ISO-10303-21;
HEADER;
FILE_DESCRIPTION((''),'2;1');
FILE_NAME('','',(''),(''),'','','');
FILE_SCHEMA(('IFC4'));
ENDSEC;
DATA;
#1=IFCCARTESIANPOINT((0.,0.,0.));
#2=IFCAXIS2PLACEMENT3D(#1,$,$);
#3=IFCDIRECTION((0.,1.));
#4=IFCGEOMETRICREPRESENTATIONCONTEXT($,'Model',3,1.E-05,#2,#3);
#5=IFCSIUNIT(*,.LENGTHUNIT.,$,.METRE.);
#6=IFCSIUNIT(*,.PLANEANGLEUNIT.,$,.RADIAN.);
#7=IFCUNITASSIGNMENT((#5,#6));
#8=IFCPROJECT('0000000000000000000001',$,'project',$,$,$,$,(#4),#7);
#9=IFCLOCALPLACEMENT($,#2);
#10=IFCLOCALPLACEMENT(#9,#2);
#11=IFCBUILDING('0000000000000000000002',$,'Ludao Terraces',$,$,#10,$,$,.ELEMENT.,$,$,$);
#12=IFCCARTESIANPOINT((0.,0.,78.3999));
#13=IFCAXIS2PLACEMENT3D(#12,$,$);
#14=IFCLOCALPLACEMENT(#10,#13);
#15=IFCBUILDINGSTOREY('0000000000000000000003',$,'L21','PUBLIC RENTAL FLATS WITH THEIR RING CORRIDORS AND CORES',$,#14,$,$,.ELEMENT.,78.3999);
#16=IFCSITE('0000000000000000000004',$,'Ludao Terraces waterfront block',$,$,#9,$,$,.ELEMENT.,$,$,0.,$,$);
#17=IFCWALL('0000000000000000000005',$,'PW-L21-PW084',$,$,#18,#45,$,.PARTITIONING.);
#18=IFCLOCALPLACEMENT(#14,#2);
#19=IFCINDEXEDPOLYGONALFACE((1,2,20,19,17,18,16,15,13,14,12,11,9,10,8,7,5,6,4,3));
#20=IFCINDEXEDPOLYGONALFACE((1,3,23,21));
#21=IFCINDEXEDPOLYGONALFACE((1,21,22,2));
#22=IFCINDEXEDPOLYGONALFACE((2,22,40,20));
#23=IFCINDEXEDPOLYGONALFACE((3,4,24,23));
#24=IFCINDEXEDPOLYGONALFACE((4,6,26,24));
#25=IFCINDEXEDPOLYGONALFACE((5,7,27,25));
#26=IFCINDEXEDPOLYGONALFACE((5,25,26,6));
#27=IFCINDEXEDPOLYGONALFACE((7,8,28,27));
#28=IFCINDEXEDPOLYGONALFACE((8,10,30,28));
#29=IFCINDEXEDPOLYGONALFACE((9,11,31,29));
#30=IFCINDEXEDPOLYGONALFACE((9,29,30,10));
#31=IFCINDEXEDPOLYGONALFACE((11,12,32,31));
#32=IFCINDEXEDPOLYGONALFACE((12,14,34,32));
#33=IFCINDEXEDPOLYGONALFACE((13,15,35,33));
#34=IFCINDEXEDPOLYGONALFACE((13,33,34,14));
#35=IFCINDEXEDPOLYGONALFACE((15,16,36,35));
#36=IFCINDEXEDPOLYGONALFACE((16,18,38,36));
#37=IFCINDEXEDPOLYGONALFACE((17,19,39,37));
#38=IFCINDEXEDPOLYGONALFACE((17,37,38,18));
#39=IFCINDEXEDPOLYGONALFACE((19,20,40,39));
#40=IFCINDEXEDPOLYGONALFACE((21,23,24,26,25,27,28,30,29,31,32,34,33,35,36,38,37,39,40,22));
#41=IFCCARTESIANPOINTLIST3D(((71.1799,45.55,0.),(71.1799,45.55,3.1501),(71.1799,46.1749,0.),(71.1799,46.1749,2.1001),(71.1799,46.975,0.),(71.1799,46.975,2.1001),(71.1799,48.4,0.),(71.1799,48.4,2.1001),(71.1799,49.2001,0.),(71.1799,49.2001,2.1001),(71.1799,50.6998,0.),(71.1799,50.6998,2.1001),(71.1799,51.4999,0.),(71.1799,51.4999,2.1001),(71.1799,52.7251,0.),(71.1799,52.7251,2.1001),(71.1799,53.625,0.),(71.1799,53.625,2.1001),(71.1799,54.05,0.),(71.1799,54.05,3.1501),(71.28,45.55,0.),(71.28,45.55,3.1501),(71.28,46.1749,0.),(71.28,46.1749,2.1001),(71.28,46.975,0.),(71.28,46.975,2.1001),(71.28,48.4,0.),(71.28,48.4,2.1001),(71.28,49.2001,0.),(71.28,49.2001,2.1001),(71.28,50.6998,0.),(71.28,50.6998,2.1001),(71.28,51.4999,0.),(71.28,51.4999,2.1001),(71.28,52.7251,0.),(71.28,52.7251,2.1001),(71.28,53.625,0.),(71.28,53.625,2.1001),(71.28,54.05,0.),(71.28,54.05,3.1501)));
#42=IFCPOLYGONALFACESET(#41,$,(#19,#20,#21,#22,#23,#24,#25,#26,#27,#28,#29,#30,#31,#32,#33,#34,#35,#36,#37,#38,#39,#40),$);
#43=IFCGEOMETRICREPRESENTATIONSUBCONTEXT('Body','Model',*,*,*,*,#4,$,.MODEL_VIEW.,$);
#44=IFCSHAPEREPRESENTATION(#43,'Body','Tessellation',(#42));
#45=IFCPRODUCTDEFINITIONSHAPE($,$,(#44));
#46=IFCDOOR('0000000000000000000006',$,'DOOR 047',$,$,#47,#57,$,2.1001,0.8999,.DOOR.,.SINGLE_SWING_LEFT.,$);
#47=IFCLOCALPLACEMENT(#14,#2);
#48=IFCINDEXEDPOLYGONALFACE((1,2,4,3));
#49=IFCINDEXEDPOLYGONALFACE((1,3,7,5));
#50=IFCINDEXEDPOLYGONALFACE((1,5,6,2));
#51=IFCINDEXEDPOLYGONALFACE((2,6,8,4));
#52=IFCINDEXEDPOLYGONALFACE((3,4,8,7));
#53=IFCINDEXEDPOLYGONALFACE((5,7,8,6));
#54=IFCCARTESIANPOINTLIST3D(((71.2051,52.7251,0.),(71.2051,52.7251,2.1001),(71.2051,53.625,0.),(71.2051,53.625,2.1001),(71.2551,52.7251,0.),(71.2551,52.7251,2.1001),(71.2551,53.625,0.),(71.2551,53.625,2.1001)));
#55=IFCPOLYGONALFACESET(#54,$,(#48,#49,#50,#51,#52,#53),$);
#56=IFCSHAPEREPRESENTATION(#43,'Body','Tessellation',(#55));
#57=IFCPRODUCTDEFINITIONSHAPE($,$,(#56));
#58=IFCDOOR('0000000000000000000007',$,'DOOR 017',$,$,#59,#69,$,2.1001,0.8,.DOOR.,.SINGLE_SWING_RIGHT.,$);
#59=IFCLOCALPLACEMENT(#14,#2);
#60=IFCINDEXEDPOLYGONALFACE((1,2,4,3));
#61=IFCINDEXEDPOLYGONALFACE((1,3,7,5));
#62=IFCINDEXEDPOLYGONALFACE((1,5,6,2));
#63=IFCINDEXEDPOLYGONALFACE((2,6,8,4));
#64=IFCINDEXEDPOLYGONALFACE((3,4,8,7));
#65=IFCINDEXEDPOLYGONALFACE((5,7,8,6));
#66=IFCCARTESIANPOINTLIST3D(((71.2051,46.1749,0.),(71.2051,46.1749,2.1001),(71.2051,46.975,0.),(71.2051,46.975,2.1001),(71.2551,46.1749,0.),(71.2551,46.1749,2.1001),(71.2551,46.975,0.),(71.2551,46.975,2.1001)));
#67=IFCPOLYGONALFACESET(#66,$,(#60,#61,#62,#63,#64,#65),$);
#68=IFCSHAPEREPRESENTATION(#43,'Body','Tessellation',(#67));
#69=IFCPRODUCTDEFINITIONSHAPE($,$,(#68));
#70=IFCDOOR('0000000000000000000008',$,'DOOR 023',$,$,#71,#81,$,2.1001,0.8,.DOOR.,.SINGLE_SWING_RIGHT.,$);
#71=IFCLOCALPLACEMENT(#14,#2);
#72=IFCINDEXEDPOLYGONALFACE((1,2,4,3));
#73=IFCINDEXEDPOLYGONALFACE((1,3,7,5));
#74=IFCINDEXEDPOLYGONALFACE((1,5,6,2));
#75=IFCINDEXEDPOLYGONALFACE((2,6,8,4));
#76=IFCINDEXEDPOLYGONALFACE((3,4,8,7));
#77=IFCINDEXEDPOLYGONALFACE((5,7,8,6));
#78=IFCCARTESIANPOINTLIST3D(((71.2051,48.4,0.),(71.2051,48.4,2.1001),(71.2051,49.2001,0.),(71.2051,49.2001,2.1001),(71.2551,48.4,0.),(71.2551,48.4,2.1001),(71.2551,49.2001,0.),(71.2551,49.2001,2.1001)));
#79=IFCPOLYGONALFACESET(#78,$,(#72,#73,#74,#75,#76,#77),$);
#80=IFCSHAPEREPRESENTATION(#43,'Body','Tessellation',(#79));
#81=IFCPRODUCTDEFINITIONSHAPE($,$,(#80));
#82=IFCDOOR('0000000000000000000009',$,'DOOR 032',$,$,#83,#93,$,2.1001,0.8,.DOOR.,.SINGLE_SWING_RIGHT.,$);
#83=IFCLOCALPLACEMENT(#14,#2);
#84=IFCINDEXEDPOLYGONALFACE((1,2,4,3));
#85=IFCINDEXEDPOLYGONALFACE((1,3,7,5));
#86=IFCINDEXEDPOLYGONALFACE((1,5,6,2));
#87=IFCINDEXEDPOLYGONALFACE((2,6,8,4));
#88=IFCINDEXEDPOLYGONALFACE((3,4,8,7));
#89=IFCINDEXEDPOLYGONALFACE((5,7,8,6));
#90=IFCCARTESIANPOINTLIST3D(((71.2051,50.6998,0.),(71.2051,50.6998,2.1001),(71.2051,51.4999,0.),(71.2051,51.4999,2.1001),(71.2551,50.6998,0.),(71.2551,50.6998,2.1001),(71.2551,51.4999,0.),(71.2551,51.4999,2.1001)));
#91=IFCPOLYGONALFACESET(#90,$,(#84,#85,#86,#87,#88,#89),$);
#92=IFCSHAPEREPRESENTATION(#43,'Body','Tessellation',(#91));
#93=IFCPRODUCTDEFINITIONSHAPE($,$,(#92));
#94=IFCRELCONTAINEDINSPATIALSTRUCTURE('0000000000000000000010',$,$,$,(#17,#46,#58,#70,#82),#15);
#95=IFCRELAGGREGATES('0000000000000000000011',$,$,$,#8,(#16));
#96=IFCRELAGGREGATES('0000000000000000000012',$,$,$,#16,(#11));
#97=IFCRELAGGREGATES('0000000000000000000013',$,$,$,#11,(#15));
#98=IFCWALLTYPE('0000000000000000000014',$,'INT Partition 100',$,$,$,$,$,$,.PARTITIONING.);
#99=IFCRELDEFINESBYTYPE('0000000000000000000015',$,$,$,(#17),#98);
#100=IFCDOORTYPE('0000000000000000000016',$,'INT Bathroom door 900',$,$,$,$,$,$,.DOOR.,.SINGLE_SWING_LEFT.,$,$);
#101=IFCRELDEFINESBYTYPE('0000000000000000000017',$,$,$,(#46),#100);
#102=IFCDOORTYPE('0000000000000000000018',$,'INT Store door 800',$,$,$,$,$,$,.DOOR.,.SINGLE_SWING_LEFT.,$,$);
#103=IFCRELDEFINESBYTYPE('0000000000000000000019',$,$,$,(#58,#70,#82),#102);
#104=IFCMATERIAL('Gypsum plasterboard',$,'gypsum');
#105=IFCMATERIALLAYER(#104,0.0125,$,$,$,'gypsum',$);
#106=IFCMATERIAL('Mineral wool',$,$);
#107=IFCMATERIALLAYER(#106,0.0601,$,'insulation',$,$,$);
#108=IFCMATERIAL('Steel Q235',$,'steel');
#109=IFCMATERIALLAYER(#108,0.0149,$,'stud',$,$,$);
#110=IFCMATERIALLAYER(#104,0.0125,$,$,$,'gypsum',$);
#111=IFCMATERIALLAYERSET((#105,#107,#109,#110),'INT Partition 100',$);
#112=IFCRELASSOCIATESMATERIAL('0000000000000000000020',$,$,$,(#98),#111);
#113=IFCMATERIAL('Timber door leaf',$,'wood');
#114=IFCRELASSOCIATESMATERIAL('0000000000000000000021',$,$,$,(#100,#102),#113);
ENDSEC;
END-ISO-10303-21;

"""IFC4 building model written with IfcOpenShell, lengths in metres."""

from ifc_helpers import new_model, si_unit, direction, frame, frame_2d, origin, place, context, subcontext, project, spatial, rectangle, extrude, material, layer, layer_set, type_object, element, fill, save


model = new_model("IFC4")

# Units and contexts
model_context = context("Model", 3, precision=1e-05, world=origin(), true_north=direction((0.0, 1.0)))
body_context = subcontext(model_context, "Body", "Model", "MODEL_VIEW")
ifc_project = project(units=[si_unit("LENGTHUNIT", "METRE"), si_unit("PLANEANGLEUNIT", "RADIAN")], contexts=[model_context])

# Site, building, storey
site_placement = place(None, origin())
site = spatial("IfcSite", under=ifc_project, at=site_placement, Name="Ludao Terraces waterfront block", CompositionType="ELEMENT", RefElevation=0.0)
building_placement = place(site_placement, origin())
building = spatial("IfcBuilding", under=site, at=building_placement, Name="Ludao Terraces", CompositionType="ELEMENT")
storey_placement = place(building_placement, frame((0.0, 0.0, 78.3999)))
storey = spatial("IfcBuildingStorey", under=building, at=storey_placement, Name="L21", Description="PUBLIC RENTAL FLATS WITH THEIR RING CORRIDORS AND CORES", CompositionType="ELEMENT", Elevation=78.3999)

# Shared definitions
ifc_material_1 = material(Name="Gypsum plasterboard", Category="gypsum")
ifc_layer_1 = layer(ifc_material_1, 0.0125, Category="gypsum")
ifc_material_2 = material(Name="Mineral wool")
ifc_layer_2 = layer(ifc_material_2, 0.0601, Name="insulation")
ifc_material_3 = material(Name="Steel Q235", Category="steel")
ifc_layer_3 = layer(ifc_material_3, 0.0149, Name="stud")
ifc_layer_4 = layer(ifc_material_1, 0.0125, Category="gypsum")
ifc_layer_set = layer_set([ifc_layer_1, ifc_layer_2, ifc_layer_3, ifc_layer_4], Name="INT Partition 100")
wall_type = type_object("IfcWallType", Name="INT Partition 100", PredefinedType="PARTITIONING", material=ifc_layer_set)

# Wall, openings, doors
ifc_material_4 = material(Name="Timber door leaf", Category="wood")
wall_1_placement = place(storey_placement, frame((71.23, 45.55, 0.0), z_axis=(0.0, 0.0, 1.0), x_axis=(0.0, 1.0, 0.0)))
wall_1 = element("IfcWall", 1, at=wall_1_placement, inside=storey, type_object=wall_type, Name="PW-L21-PW084", PredefinedType="PARTITIONING", context=body_context, shape_type="SweptSolid", body=[
    extrude(rectangle(XDim=8.5, YDim=0.1001, at=frame_2d((4.25, 0.0))), origin(), (0.0, 0.0, 1.0), 3.1501),
])
opening_1_placement = place(wall_1_placement, frame((0.625, 0.0, 0.0)))
opening_1 = element("IfcOpeningElement", 2, at=opening_1_placement, cuts=wall_1, PredefinedType="OPENING", context=body_context, shape_type="SweptSolid", body=[
    extrude(rectangle(XDim=0.8, YDim=2.1001, at=frame_2d((0.3999, 1.05))), frame((0.0, 0.0601, 0.0), z_axis=(0.0, -1.0, 0.0), x_axis=(1.0, 0.0, 0.0)), (0.0, 0.0, 1.0), 0.1201),
])
opening_2_placement = place(wall_1_placement, frame((2.8501, 0.0, 0.0)))
opening_2 = element("IfcOpeningElement", 3, at=opening_2_placement, cuts=wall_1, PredefinedType="OPENING", context=body_context, shape_type="SweptSolid", body=[
    extrude(rectangle(XDim=0.8, YDim=2.1001, at=frame_2d((0.3999, 1.05))), frame((0.0, 0.0601, 0.0), z_axis=(0.0, -1.0, 0.0), x_axis=(1.0, 0.0, 0.0)), (0.0, 0.0, 1.0), 0.1201),
])
opening_3_placement = place(wall_1_placement, frame((5.1499, 0.0, 0.0)))
opening_3 = element("IfcOpeningElement", 4, at=opening_3_placement, cuts=wall_1, PredefinedType="OPENING", context=body_context, shape_type="SweptSolid", body=[
    extrude(rectangle(XDim=0.8, YDim=2.1001, at=frame_2d((0.3999, 1.05))), frame((0.0, 0.0601, 0.0), z_axis=(0.0, -1.0, 0.0), x_axis=(1.0, 0.0, 0.0)), (0.0, 0.0, 1.0), 0.1201),
])
opening_4_placement = place(wall_1_placement, frame((7.175, 0.0, 0.0)))
opening_4 = element("IfcOpeningElement", 5, at=opening_4_placement, cuts=wall_1, PredefinedType="OPENING", context=body_context, shape_type="SweptSolid", body=[
    extrude(rectangle(XDim=0.8999, YDim=2.1001, at=frame_2d((0.45, 1.05))), frame((0.0, 0.0601, 0.0), z_axis=(0.0, -1.0, 0.0), x_axis=(1.0, 0.0, 0.0)), (0.0, 0.0, 1.0), 0.1201),
])
door_type_1 = type_object("IfcDoorType", Name="INT Bathroom door 900", OperationType="SINGLE_SWING_LEFT", PredefinedType="DOOR", material=ifc_material_4)
door_1_placement = place(opening_4_placement, origin())
door_1 = element("IfcDoor", 6, at=door_1_placement, inside=storey, type_object=door_type_1, Name="DOOR 047", OperationType="SINGLE_SWING_LEFT", OverallHeight=2.1001, OverallWidth=0.8999, PredefinedType="DOOR", context=body_context, shape_type="SweptSolid", body=[
    extrude(rectangle(XDim=0.8999, YDim=2.1001, at=frame_2d((0.45, 1.05))), frame((0.0, 0.0249, 0.0), z_axis=(0.0, -1.0, 0.0), x_axis=(1.0, 0.0, 0.0)), (0.0, 0.0, 1.0), 0.05),
])
fill(opening_4, door_1)
door_type_2 = type_object("IfcDoorType", Name="INT Store door 800", OperationType="SINGLE_SWING_LEFT", PredefinedType="DOOR", material=ifc_material_4)
door_2_placement = place(opening_1_placement, origin())
door_2 = element("IfcDoor", 7, at=door_2_placement, inside=storey, type_object=door_type_2, Name="DOOR 017", OperationType="SINGLE_SWING_RIGHT", OverallHeight=2.1001, OverallWidth=0.8, PredefinedType="DOOR", context=body_context, shape_type="SweptSolid", body=[
    extrude(rectangle(XDim=0.8, YDim=2.1001, at=frame_2d((0.3999, 1.05))), frame((0.0, 0.0249, 0.0), z_axis=(0.0, -1.0, 0.0), x_axis=(1.0, 0.0, 0.0)), (0.0, 0.0, 1.0), 0.05),
])
fill(opening_1, door_2)
door_3_placement = place(opening_2_placement, origin())
door_3 = element("IfcDoor", 8, at=door_3_placement, inside=storey, type_object=door_type_2, Name="DOOR 023", OperationType="SINGLE_SWING_RIGHT", OverallHeight=2.1001, OverallWidth=0.8, PredefinedType="DOOR", context=body_context, shape_type="SweptSolid", body=[
    extrude(rectangle(XDim=0.8, YDim=2.1001, at=frame_2d((0.3999, 1.05))), frame((0.0, 0.0249, 0.0), z_axis=(0.0, -1.0, 0.0), x_axis=(1.0, 0.0, 0.0)), (0.0, 0.0, 1.0), 0.05),
])
fill(opening_2, door_3)
door_4_placement = place(opening_3_placement, origin())
door_4 = element("IfcDoor", 9, at=door_4_placement, inside=storey, type_object=door_type_2, Name="DOOR 032", OperationType="SINGLE_SWING_RIGHT", OverallHeight=2.1001, OverallWidth=0.8, PredefinedType="DOOR", context=body_context, shape_type="SweptSolid", body=[
    extrude(rectangle(XDim=0.8, YDim=2.1001, at=frame_2d((0.3999, 1.05))), frame((0.0, 0.0249, 0.0), z_axis=(0.0, -1.0, 0.0), x_axis=(1.0, 0.0, 0.0)), (0.0, 0.0, 1.0), 0.05),
])
fill(opening_3, door_4)

save(model, "model.ifc")
